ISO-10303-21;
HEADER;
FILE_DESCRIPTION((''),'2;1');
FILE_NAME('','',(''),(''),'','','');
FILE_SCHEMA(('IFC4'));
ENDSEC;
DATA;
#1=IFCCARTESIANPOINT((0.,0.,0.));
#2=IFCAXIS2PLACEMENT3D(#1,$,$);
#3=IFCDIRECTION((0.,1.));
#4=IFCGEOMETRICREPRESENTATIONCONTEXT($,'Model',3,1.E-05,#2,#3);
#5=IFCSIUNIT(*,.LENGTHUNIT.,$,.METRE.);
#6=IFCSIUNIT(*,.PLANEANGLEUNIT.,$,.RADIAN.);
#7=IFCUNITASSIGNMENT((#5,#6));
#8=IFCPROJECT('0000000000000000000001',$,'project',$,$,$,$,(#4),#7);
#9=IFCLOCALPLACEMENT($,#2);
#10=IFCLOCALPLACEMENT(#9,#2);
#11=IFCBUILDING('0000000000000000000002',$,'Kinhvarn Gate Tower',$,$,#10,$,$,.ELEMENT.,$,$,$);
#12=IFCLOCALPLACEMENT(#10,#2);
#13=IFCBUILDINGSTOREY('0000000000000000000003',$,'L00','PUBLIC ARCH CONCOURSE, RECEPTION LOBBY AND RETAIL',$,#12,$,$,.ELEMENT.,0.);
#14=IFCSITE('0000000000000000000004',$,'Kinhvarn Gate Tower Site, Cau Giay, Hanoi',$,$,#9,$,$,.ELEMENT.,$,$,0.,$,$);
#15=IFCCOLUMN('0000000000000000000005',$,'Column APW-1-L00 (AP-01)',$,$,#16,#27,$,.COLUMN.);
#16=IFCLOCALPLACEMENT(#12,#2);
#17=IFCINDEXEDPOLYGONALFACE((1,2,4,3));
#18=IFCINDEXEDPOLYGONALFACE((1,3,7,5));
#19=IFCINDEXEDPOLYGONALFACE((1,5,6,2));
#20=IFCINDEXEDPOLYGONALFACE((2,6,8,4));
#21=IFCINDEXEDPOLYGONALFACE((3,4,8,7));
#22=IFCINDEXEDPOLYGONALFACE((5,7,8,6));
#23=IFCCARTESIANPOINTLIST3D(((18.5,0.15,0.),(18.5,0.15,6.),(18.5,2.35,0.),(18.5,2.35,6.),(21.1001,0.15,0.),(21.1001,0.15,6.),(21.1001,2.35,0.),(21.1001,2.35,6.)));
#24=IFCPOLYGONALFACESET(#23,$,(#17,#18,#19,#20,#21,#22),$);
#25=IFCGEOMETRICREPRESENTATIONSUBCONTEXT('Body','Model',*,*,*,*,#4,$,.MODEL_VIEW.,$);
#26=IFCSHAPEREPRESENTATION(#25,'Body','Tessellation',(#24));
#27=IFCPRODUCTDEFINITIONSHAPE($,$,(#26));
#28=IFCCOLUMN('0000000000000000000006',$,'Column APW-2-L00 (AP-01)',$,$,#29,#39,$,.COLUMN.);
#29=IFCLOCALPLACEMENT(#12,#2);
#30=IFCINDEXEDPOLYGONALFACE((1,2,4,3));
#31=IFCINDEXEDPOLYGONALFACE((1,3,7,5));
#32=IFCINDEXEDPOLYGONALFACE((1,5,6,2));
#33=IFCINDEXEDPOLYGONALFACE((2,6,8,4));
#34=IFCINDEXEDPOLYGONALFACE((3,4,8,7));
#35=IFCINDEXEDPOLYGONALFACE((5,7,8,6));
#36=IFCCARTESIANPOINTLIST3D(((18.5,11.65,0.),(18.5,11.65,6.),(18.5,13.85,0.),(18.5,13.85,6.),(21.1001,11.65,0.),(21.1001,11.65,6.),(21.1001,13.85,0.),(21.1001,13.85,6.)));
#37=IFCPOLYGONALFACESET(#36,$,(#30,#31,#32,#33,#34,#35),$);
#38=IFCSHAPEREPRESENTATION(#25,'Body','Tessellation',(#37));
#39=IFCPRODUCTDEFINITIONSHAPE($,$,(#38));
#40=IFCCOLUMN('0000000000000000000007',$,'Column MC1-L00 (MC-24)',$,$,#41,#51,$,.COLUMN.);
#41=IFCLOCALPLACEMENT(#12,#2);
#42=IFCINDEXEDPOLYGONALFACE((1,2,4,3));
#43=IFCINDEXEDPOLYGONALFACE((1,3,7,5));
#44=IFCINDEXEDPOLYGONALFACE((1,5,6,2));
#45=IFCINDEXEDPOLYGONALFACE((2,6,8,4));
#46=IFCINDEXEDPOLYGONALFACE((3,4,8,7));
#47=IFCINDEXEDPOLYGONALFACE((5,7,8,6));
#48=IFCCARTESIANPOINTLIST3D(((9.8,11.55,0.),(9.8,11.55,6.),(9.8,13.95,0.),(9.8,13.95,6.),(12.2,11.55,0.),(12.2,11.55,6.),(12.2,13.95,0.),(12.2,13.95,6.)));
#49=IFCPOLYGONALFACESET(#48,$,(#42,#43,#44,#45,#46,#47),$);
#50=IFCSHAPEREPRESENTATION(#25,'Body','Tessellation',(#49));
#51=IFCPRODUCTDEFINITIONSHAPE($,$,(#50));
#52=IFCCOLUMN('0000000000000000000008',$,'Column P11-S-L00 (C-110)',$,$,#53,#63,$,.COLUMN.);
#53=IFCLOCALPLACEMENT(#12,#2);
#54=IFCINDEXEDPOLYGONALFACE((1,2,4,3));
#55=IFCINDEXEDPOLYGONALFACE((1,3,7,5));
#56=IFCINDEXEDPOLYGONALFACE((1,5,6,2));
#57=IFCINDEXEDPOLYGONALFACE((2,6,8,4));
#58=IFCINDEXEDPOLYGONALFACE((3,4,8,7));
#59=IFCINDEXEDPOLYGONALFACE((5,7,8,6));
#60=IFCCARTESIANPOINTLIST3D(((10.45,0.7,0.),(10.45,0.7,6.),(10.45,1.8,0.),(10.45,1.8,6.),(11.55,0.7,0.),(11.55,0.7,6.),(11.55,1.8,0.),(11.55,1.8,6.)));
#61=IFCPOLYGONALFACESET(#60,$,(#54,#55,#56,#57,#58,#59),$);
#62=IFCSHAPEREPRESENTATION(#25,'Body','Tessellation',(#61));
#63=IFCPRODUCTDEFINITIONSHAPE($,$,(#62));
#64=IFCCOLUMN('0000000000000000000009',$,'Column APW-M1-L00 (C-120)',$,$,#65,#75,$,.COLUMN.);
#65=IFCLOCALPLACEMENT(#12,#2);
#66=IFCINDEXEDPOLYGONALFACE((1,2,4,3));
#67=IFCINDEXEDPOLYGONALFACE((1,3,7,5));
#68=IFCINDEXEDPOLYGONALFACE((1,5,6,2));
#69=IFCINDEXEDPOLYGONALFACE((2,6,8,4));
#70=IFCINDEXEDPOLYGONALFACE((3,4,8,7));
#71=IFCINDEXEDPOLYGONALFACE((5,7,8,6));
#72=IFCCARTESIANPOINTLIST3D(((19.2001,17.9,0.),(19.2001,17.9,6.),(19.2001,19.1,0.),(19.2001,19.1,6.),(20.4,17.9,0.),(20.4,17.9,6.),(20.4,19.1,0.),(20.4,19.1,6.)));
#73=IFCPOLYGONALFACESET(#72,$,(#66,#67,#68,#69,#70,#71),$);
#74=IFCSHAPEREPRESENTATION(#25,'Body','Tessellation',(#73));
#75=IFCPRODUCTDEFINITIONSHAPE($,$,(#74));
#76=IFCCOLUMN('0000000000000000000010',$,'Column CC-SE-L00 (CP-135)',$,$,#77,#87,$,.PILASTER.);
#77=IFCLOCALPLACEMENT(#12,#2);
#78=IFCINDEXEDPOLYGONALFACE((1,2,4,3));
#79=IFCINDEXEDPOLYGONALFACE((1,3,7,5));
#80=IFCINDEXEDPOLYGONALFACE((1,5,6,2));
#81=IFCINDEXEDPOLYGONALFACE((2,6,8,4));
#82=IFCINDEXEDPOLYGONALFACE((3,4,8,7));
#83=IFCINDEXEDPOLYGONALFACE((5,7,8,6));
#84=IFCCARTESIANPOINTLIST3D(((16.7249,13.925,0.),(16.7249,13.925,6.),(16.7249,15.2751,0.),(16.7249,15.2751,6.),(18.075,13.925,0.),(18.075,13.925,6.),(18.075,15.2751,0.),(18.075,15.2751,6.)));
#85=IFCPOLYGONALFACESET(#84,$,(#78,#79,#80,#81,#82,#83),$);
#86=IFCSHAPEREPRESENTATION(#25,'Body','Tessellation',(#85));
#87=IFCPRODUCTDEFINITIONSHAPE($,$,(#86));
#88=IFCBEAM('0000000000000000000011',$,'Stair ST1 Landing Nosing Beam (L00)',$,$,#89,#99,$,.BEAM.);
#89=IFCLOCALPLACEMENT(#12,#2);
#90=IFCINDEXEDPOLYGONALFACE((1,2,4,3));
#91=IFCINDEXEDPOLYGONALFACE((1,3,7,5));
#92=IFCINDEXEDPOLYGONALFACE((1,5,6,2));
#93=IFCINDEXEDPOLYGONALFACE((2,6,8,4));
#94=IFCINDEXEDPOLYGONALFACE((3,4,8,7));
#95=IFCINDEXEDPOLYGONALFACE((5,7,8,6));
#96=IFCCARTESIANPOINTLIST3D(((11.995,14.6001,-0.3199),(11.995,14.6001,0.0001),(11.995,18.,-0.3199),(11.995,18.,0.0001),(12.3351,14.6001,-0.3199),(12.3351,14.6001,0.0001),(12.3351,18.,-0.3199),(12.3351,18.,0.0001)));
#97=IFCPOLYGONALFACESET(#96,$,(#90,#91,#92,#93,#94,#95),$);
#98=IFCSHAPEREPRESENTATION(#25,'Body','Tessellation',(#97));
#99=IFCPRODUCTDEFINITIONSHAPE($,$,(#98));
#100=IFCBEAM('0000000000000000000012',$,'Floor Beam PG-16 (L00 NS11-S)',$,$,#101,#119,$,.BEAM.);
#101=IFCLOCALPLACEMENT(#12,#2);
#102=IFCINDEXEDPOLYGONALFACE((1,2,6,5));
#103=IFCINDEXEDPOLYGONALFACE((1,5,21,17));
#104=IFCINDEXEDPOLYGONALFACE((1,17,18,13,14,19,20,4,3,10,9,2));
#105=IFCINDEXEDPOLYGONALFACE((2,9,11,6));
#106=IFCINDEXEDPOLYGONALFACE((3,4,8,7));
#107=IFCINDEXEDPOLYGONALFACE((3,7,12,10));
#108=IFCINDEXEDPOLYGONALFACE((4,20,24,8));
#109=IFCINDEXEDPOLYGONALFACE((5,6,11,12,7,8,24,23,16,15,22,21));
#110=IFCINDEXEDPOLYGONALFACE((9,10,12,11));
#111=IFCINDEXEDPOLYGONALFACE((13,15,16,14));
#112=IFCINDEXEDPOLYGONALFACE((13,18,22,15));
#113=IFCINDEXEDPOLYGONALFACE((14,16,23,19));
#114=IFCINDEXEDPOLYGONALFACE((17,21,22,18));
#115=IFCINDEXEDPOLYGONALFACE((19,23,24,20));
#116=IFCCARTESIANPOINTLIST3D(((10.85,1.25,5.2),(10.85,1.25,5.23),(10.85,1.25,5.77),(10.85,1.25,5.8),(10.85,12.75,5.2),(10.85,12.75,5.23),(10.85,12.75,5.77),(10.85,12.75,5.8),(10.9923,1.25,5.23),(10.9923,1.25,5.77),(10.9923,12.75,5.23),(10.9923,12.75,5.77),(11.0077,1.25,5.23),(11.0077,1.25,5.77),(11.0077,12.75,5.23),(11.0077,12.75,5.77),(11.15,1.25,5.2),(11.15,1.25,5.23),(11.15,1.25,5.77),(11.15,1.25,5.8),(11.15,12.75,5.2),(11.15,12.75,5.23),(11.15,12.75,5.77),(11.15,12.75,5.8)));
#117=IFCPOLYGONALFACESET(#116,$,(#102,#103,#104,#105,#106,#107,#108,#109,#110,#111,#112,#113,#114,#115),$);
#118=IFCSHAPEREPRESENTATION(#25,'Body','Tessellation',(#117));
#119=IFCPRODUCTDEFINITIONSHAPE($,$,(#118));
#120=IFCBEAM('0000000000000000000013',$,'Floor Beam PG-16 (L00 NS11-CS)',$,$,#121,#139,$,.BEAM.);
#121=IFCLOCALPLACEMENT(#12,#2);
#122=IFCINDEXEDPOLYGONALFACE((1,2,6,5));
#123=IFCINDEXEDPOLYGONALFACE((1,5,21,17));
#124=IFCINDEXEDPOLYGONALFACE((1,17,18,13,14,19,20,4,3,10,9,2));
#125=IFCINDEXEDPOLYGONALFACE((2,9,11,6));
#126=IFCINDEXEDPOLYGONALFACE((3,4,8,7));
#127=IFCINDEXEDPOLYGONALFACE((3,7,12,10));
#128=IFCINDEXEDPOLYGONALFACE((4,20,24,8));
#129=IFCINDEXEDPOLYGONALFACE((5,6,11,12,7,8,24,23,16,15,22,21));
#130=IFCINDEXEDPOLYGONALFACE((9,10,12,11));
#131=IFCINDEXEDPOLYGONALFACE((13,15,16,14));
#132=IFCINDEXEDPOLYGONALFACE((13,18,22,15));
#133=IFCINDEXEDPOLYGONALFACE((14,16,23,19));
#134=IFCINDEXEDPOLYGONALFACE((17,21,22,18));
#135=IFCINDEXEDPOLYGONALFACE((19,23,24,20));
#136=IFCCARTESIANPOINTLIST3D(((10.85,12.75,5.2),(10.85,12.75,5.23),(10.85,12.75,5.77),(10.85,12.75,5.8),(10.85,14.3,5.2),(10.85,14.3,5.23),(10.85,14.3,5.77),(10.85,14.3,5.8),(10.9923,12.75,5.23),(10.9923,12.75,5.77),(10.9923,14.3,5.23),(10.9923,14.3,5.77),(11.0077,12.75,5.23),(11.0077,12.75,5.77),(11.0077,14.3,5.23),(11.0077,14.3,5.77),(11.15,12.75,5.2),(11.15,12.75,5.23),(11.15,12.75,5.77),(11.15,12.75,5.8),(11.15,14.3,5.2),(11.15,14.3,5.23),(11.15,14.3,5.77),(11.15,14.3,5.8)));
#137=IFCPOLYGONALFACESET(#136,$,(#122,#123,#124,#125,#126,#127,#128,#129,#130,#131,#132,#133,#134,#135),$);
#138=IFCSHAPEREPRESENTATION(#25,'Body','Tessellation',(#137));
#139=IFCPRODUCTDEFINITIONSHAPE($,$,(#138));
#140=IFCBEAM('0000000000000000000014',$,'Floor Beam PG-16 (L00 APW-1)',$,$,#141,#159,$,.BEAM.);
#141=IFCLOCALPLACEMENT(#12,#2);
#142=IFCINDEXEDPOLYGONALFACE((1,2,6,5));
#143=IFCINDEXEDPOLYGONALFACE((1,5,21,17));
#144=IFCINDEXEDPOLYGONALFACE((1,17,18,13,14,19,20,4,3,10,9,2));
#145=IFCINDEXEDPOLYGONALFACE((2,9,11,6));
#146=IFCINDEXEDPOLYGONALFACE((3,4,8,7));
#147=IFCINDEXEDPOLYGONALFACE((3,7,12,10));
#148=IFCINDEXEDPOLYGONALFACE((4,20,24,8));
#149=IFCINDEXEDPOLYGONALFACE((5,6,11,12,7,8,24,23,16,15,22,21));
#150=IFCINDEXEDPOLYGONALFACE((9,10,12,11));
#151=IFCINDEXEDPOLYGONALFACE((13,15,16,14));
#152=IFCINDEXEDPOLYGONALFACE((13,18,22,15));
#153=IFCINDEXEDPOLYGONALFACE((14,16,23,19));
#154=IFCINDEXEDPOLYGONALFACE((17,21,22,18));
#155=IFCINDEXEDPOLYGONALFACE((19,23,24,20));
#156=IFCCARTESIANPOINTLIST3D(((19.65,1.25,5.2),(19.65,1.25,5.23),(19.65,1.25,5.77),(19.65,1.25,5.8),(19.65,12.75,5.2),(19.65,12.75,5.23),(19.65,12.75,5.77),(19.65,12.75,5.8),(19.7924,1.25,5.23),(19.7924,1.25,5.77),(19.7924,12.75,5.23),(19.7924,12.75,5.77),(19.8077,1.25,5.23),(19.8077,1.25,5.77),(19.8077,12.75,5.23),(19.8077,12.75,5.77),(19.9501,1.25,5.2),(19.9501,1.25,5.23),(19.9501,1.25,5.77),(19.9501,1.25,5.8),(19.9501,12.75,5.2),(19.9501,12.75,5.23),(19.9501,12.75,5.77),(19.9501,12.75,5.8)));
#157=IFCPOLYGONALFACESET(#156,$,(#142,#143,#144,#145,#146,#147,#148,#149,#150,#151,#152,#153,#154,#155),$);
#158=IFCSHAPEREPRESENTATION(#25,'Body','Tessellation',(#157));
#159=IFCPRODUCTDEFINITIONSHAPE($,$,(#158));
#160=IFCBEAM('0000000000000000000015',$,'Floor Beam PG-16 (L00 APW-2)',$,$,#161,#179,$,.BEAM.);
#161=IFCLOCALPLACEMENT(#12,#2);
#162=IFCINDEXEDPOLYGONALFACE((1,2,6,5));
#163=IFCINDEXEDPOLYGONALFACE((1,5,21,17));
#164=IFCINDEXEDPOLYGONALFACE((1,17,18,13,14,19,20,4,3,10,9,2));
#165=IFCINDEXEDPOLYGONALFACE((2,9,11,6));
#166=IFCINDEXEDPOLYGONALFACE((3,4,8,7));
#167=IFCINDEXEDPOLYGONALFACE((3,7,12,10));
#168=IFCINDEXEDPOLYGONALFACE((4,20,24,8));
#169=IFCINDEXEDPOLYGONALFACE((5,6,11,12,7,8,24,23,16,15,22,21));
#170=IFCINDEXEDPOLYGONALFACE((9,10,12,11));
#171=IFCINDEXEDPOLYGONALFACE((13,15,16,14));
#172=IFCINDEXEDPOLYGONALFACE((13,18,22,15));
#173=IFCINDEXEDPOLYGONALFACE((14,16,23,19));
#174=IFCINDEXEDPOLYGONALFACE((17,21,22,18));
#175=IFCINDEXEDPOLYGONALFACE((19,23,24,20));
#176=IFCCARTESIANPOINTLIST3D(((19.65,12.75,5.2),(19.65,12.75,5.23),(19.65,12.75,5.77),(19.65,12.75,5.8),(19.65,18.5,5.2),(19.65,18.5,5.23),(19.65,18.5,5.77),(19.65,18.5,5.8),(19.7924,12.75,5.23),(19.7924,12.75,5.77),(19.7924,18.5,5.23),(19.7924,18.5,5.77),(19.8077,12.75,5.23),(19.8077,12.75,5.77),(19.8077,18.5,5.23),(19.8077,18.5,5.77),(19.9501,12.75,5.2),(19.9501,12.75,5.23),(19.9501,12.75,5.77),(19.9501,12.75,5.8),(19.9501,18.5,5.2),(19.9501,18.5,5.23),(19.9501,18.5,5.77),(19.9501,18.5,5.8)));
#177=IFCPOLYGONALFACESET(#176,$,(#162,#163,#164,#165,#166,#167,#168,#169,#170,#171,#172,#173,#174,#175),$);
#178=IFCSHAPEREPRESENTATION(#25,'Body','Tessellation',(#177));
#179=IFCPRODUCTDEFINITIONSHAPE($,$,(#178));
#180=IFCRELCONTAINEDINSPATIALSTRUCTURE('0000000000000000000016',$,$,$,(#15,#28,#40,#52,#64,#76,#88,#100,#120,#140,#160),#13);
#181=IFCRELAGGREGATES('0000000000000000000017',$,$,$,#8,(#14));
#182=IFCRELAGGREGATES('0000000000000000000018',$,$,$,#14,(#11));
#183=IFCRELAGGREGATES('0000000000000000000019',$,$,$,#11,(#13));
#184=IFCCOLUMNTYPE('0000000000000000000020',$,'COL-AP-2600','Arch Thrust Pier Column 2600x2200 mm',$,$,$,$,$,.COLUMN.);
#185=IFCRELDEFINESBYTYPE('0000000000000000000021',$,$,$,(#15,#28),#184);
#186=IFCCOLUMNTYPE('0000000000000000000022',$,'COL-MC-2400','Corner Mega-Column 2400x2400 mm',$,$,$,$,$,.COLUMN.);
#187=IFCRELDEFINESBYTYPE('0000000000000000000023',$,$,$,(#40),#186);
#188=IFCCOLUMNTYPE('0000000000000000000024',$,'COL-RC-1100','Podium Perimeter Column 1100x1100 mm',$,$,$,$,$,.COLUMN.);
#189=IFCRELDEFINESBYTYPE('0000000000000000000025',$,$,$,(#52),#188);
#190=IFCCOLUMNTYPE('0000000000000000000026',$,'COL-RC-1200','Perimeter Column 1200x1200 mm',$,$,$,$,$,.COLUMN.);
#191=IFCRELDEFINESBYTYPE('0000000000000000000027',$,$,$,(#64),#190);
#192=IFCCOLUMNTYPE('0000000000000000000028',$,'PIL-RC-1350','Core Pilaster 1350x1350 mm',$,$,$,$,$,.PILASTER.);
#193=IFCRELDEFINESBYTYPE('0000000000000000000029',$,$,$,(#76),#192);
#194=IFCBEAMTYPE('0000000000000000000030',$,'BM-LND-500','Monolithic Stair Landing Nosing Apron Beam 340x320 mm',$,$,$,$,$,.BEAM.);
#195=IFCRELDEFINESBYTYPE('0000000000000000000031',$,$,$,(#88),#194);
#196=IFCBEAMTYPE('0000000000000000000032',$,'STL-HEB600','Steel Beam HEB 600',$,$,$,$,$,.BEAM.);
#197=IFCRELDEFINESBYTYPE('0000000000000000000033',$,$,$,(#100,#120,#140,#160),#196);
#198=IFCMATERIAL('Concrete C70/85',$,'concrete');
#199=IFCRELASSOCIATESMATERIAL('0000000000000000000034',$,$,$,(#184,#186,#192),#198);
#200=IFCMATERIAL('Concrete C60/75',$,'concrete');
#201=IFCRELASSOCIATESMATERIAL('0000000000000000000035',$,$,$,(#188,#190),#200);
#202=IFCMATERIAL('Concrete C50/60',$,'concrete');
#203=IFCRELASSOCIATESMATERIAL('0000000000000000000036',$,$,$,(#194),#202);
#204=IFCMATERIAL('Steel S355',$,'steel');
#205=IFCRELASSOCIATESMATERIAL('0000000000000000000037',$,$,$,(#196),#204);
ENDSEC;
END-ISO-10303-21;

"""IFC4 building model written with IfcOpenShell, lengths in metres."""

from ifc_helpers import new_model, si_unit, direction, frame, origin, origin_2d, place, context, subcontext, project, spatial, rectangle, i_section, extrude, material, material_profile, profile_set, type_object, element, save


model = new_model("IFC4")

# Units and contexts
model_context = context("Model", 3, precision=1e-05, world=origin(), true_north=direction((0.0, 1.0)))
body_context = subcontext(model_context, "Body", "Model", "MODEL_VIEW")
ifc_project = project(units=[si_unit("LENGTHUNIT", "METRE"), si_unit("PLANEANGLEUNIT", "RADIAN")], contexts=[model_context])

# Site, building, storey
site_placement = place(None, origin())
site = spatial("IfcSite", under=ifc_project, at=site_placement, Name="Kinhvarn Gate Tower Site, Cau Giay, Hanoi", CompositionType="ELEMENT", RefElevation=0.0)
building_placement = place(site_placement, origin())
building = spatial("IfcBuilding", under=site, at=building_placement, Name="Kinhvarn Gate Tower", CompositionType="ELEMENT")
storey_placement = place(building_placement, origin())
storey = spatial("IfcBuildingStorey", under=building, at=storey_placement, Name="L00", Description="PUBLIC ARCH CONCOURSE, RECEPTION LOBBY AND RETAIL", CompositionType="ELEMENT", Elevation=0.0)

# Columns
ifc_material_1 = material(Name="Concrete C70/85", Category="concrete")
ifc_material_profile_1 = material_profile(ifc_material_1, rectangle(XDim=2.6001, YDim=2.2, at=origin_2d()), Name="RC 2600x2200")
ifc_profile_set_1 = profile_set([ifc_material_profile_1], Name="Concrete C70/85")
column_type_1 = type_object("IfcColumnType", Name="COL-AP-2600", Description="Arch Thrust Pier Column 2600x2200 mm", PredefinedType="COLUMN", material=ifc_profile_set_1)
for number, where, z_axis, x_axis, name in (
    (1, (19.8, 1.25, 0.0), (0.0, 0.0, 1.0), (1.0, 0.0, 0.0), "Column APW-1-L00 (AP-01)"),
    (2, (19.8, 12.75, 0.0), (0.0, 0.0, 1.0), (1.0, 0.0, 0.0), "Column APW-2-L00 (AP-01)"),
):
    element("IfcColumn", number, at=place(storey_placement, frame(where, z_axis=z_axis, x_axis=x_axis)), inside=storey, type_object=column_type_1, Name=name, PredefinedType="COLUMN", context=body_context, shape_type="SweptSolid", body=[
        extrude(rectangle(XDim=2.6001, YDim=2.2, at=origin_2d()), origin(), (0.0, 0.0, 1.0), 6.0),
    ])
ifc_material_profile_2 = material_profile(ifc_material_1, rectangle(XDim=2.3999, YDim=2.3999, at=origin_2d()), Name="RC 2400x2400")
ifc_profile_set_2 = profile_set([ifc_material_profile_2], Name="Concrete C70/85")
column_type_2 = type_object("IfcColumnType", Name="COL-MC-2400", Description="Corner Mega-Column 2400x2400 mm", PredefinedType="COLUMN", material=ifc_profile_set_2)
column_1_placement = place(storey_placement, frame((11.0, 12.75, 0.0), z_axis=(0.0, 0.0, 1.0), x_axis=(1.0, 0.0, 0.0)))
element("IfcColumn", 3, at=column_1_placement, inside=storey, type_object=column_type_2, Name="Column MC1-L00 (MC-24)", PredefinedType="COLUMN", context=body_context, shape_type="SweptSolid", body=[
    extrude(rectangle(XDim=2.3999, YDim=2.3999, at=origin_2d()), origin(), (0.0, 0.0, 1.0), 6.0),
])
ifc_material_2 = material(Name="Concrete C60/75", Category="concrete")
ifc_material_profile_3 = material_profile(ifc_material_2, rectangle(XDim=1.1001, YDim=1.1001, at=origin_2d()), Name="RC 1100x1100")
ifc_profile_set_3 = profile_set([ifc_material_profile_3], Name="Concrete C60/75")
column_type_3 = type_object("IfcColumnType", Name="COL-RC-1100", Description="Podium Perimeter Column 1100x1100 mm", PredefinedType="COLUMN", material=ifc_profile_set_3)
column_2_placement = place(storey_placement, frame((11.0, 1.25, 0.0), z_axis=(0.0, 0.0, 1.0), x_axis=(1.0, 0.0, 0.0)))
element("IfcColumn", 4, at=column_2_placement, inside=storey, type_object=column_type_3, Name="Column P11-S-L00 (C-110)", PredefinedType="COLUMN", context=body_context, shape_type="SweptSolid", body=[
    extrude(rectangle(XDim=1.1001, YDim=1.1001, at=origin_2d()), origin(), (0.0, 0.0, 1.0), 6.0),
])
ifc_material_profile_4 = material_profile(ifc_material_2, rectangle(XDim=1.2, YDim=1.2, at=origin_2d()), Name="RC 1200x1200")
ifc_profile_set_4 = profile_set([ifc_material_profile_4], Name="Concrete C60/75")
column_type_4 = type_object("IfcColumnType", Name="COL-RC-1200", Description="Perimeter Column 1200x1200 mm", PredefinedType="COLUMN", material=ifc_profile_set_4)
column_3_placement = place(storey_placement, frame((19.8, 18.5, 0.0), z_axis=(0.0, 0.0, 1.0), x_axis=(1.0, 0.0, 0.0)))
element("IfcColumn", 5, at=column_3_placement, inside=storey, type_object=column_type_4, Name="Column APW-M1-L00 (C-120)", PredefinedType="COLUMN", context=body_context, shape_type="SweptSolid", body=[
    extrude(rectangle(XDim=1.2, YDim=1.2, at=origin_2d()), origin(), (0.0, 0.0, 1.0), 6.0),
])
ifc_material_profile_5 = material_profile(ifc_material_1, rectangle(XDim=1.3501, YDim=1.3501, at=origin_2d()), Name="RC 1350x1350")
ifc_profile_set_5 = profile_set([ifc_material_profile_5], Name="Concrete C70/85")
column_type_5 = type_object("IfcColumnType", Name="PIL-RC-1350", Description="Core Pilaster 1350x1350 mm", PredefinedType="PILASTER", material=ifc_profile_set_5)
column_4_placement = place(storey_placement, frame((17.3999, 14.6001, 0.0), z_axis=(0.0, 0.0, 1.0), x_axis=(1.0, 0.0, 0.0)))
element("IfcColumn", 6, at=column_4_placement, inside=storey, type_object=column_type_5, Name="Column CC-SE-L00 (CP-135)", PredefinedType="PILASTER", context=body_context, shape_type="SweptSolid", body=[
    extrude(rectangle(XDim=1.3501, YDim=1.3501, at=origin_2d()), origin(), (0.0, 0.0, 1.0), 6.0),
])

# Beams
ifc_material_3 = material(Name="Concrete C50/60", Category="concrete")
ifc_material_profile_6 = material_profile(ifc_material_3, rectangle(XDim=0.3401, YDim=0.3201, at=origin_2d()), Name="RC 340x320")
ifc_profile_set_6 = profile_set([ifc_material_profile_6], Name="Concrete C50/60")
beam_type_1 = type_object("IfcBeamType", Name="BM-LND-500", Description="Monolithic Stair Landing Nosing Apron Beam 340x320 mm", PredefinedType="BEAM", material=ifc_profile_set_6)
beam_1_placement = place(storey_placement, frame((12.165, 14.6001, -0.1599), z_axis=(0.0, 1.0, 0.0), x_axis=(-1.0, 0.0, 0.0)))
element("IfcBeam", 7, at=beam_1_placement, inside=storey, type_object=beam_type_1, Name="Stair ST1 Landing Nosing Beam (L00)", PredefinedType="BEAM", context=body_context, shape_type="SweptSolid", body=[
    extrude(rectangle(XDim=0.3401, YDim=0.3201, at=origin_2d()), origin(), (0.0, 0.0, 1.0), 3.3999),
])
ifc_material_4 = material(Name="Steel S355", Category="steel")
ifc_material_profile_7 = material_profile(ifc_material_4, i_section(OverallWidth=0.3, OverallDepth=0.6001, WebThickness=0.0154, FlangeThickness=0.03, at=origin_2d()), Name="HEB 600")
ifc_profile_set_7 = profile_set([ifc_material_profile_7], Name="Steel S355")
beam_type_2 = type_object("IfcBeamType", Name="STL-HEB600", Description="Steel Beam HEB 600", PredefinedType="BEAM", material=ifc_profile_set_7)
beam_2_placement = place(storey_placement, frame((11.0, 1.25, 5.5), z_axis=(0.0, 1.0, 0.0), x_axis=(-1.0, 0.0, 0.0)))
element("IfcBeam", 8, at=beam_2_placement, inside=storey, type_object=beam_type_2, Name="Floor Beam PG-16 (L00 NS11-S)", PredefinedType="BEAM", context=body_context, shape_type="SweptSolid", body=[
    extrude(i_section(OverallWidth=0.3, OverallDepth=0.6001, WebThickness=0.0154, FlangeThickness=0.03, at=origin_2d()), origin(), (0.0, 0.0, 1.0), 11.5),
])
beam_3_placement = place(storey_placement, frame((11.0, 12.75, 5.5), z_axis=(0.0, 1.0, 0.0), x_axis=(-1.0, 0.0, 0.0)))
element("IfcBeam", 9, at=beam_3_placement, inside=storey, type_object=beam_type_2, Name="Floor Beam PG-16 (L00 NS11-CS)", PredefinedType="BEAM", context=body_context, shape_type="SweptSolid", body=[
    extrude(i_section(OverallWidth=0.3, OverallDepth=0.6001, WebThickness=0.0154, FlangeThickness=0.03, at=origin_2d()), origin(), (0.0, 0.0, 1.0), 1.55),
])
beam_4_placement = place(storey_placement, frame((19.8, 1.25, 5.5), z_axis=(0.0, 1.0, 0.0), x_axis=(-1.0, 0.0, 0.0)))
element("IfcBeam", 10, at=beam_4_placement, inside=storey, type_object=beam_type_2, Name="Floor Beam PG-16 (L00 APW-1)", PredefinedType="BEAM", context=body_context, shape_type="SweptSolid", body=[
    extrude(i_section(OverallWidth=0.3, OverallDepth=0.6001, WebThickness=0.0154, FlangeThickness=0.03, at=origin_2d()), origin(), (0.0, 0.0, 1.0), 11.5),
])
beam_5_placement = place(storey_placement, frame((19.8, 12.75, 5.5), z_axis=(0.0, 1.0, 0.0), x_axis=(-1.0, 0.0, 0.0)))
element("IfcBeam", 11, at=beam_5_placement, inside=storey, type_object=beam_type_2, Name="Floor Beam PG-16 (L00 APW-2)", PredefinedType="BEAM", context=body_context, shape_type="SweptSolid", body=[
    extrude(i_section(OverallWidth=0.3, OverallDepth=0.6001, WebThickness=0.0154, FlangeThickness=0.03, at=origin_2d()), origin(), (0.0, 0.0, 1.0), 5.75),
])

save(model, "model.ifc")
